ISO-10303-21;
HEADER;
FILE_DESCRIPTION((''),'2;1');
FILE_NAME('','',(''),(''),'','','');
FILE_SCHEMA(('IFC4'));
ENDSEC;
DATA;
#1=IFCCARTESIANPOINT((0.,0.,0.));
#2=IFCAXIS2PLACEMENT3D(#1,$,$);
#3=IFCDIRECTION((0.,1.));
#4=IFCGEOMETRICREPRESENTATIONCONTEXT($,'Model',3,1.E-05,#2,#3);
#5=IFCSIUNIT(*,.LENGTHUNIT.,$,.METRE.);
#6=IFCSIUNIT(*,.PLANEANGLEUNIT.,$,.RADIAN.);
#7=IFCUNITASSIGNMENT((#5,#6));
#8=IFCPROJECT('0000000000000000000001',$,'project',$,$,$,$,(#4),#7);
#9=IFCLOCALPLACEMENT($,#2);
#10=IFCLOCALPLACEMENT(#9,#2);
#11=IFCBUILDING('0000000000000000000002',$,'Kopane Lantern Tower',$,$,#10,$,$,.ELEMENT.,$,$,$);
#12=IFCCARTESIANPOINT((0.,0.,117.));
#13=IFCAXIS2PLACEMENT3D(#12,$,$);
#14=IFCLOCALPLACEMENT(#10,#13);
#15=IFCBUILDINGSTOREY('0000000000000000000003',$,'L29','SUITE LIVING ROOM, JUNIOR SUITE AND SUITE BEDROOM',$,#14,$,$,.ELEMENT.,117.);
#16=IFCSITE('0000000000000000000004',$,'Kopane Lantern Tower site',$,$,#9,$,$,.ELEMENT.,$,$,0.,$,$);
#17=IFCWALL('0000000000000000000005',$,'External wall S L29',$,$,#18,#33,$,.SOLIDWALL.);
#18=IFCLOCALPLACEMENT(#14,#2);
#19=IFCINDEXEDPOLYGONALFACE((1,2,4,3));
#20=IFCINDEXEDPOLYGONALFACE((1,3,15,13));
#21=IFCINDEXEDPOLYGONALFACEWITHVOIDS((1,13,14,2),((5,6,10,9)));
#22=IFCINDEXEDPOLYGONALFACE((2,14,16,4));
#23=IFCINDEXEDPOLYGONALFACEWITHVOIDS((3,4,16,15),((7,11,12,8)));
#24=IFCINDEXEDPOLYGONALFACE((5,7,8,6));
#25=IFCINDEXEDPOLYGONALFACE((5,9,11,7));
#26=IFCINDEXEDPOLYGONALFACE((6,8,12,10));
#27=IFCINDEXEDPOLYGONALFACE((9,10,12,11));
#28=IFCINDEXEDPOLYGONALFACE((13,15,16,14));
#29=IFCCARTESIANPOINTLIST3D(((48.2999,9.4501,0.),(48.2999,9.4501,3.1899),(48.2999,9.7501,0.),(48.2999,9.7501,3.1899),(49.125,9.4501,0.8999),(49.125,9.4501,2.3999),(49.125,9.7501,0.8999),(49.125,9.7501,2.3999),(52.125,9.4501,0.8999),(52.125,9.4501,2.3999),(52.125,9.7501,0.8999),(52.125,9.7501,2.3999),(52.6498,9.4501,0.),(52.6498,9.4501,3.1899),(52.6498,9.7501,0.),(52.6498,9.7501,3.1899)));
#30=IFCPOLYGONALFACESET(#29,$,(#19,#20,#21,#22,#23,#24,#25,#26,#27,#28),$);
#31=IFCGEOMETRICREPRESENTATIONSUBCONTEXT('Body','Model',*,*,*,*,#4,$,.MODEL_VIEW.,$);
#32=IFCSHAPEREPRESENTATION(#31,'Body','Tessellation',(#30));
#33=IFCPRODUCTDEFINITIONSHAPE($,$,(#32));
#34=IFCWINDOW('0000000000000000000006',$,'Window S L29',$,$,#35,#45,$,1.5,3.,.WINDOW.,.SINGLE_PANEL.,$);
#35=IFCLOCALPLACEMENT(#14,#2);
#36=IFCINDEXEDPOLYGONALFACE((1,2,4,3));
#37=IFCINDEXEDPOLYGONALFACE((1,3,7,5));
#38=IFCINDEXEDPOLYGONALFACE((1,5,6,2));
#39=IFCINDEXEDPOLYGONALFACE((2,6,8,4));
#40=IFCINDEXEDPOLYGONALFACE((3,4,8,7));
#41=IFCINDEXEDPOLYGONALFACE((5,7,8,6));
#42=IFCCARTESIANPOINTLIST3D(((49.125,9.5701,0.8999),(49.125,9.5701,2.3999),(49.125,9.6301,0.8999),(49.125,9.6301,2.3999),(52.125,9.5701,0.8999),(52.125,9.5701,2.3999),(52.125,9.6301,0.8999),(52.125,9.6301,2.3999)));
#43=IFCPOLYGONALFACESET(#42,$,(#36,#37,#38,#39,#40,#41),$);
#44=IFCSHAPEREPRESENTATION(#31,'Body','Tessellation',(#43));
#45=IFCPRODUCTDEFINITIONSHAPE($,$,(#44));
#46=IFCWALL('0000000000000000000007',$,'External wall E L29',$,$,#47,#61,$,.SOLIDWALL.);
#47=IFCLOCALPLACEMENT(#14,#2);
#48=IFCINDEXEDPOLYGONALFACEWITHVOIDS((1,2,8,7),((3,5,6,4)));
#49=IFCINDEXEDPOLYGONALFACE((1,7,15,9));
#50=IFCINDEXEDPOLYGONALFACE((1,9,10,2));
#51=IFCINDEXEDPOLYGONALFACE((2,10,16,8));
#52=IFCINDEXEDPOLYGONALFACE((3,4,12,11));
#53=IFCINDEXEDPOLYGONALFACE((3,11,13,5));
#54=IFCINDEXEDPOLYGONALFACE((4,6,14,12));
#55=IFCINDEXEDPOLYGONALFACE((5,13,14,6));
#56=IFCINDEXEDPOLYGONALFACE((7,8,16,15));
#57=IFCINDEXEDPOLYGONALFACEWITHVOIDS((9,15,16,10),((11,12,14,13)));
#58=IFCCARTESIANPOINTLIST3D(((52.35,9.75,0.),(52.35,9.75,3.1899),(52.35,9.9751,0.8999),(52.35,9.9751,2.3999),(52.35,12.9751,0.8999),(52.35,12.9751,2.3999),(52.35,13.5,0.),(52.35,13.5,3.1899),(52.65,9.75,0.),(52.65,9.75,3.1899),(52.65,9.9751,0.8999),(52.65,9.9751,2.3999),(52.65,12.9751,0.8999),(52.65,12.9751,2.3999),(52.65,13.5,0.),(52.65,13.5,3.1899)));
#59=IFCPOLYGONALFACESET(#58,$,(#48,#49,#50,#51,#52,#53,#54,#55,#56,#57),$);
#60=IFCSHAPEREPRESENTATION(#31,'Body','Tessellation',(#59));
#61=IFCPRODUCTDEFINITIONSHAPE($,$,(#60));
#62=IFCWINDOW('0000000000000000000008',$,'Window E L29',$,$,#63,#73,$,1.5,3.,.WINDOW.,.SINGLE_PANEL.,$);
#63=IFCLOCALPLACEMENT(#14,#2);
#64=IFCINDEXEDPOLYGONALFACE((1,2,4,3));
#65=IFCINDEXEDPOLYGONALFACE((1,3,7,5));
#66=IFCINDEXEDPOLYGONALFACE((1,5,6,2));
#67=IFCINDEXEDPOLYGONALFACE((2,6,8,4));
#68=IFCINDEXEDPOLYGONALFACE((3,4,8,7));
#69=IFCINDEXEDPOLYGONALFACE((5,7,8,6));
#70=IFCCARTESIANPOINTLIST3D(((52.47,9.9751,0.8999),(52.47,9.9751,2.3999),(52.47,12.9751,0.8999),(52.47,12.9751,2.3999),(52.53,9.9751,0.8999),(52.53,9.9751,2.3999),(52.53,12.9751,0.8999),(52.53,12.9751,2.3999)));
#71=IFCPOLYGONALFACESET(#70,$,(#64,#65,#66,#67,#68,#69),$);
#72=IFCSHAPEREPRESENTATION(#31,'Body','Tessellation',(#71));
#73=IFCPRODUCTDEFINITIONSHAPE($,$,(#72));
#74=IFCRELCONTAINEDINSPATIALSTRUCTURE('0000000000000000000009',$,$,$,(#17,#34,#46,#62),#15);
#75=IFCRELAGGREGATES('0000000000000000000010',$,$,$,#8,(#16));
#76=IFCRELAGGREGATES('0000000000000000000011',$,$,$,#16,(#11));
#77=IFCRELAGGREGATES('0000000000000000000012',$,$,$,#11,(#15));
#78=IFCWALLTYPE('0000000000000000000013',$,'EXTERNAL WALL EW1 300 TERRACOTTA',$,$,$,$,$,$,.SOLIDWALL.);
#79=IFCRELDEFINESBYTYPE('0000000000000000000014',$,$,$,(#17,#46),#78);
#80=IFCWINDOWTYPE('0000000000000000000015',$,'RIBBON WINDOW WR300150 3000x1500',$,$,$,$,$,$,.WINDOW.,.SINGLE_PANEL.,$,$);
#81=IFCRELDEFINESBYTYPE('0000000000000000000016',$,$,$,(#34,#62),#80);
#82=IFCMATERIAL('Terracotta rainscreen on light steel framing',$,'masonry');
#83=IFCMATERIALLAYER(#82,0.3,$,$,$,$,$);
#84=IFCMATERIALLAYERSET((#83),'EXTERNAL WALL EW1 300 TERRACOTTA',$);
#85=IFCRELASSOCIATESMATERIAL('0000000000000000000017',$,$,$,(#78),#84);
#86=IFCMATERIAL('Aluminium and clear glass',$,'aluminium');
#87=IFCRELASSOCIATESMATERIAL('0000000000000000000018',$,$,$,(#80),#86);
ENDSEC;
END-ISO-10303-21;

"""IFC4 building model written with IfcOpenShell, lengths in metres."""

from ifc_helpers import new_model, si_unit, direction, frame, frame_2d, origin, place, context, subcontext, project, spatial, rectangle, extrude, material, layer, layer_set, type_object, element, fill, save


model = new_model("IFC4")

# Units and contexts
model_context = context("Model", 3, precision=1e-05, world=origin(), true_north=direction((0.0, 1.0)))
body_context = subcontext(model_context, "Body", "Model", "MODEL_VIEW")
ifc_project = project(units=[si_unit("LENGTHUNIT", "METRE"), si_unit("PLANEANGLEUNIT", "RADIAN")], contexts=[model_context])

# Site, building, storey
site_placement = place(None, origin())
site = spatial("IfcSite", under=ifc_project, at=site_placement, Name="Kopane Lantern Tower site", CompositionType="ELEMENT", RefElevation=0.0)
building_placement = place(site_placement, origin())
building = spatial("IfcBuilding", under=site, at=building_placement, Name="Kopane Lantern Tower", CompositionType="ELEMENT")
storey_placement = place(building_placement, frame((0.0, 0.0, 117.0)))
storey = spatial("IfcBuildingStorey", under=building, at=storey_placement, Name="L29", Description="SUITE LIVING ROOM, JUNIOR SUITE AND SUITE BEDROOM", CompositionType="ELEMENT", Elevation=117.0)

# Walls, openings, windows
ifc_material_1 = material(Name="Terracotta rainscreen on light steel framing", Category="masonry")
ifc_layer = layer(ifc_material_1, 0.3)
ifc_layer_set = layer_set([ifc_layer], Name="EXTERNAL WALL EW1 300 TERRACOTTA")
wall_type = type_object("IfcWallType", Name="EXTERNAL WALL EW1 300 TERRACOTTA", PredefinedType="SOLIDWALL", material=ifc_layer_set)
ifc_material_2 = material(Name="Aluminium and clear glass", Category="aluminium")
window_type = type_object("IfcWindowType", Name="RIBBON WINDOW WR300150 3000x1500", PartitioningType="SINGLE_PANEL", PredefinedType="WINDOW", material=ifc_material_2)
wall_1_placement = place(storey_placement, frame((48.3, 9.6001, 0.0), z_axis=(0.0, 0.0, 1.0), x_axis=(1.0, 0.0, 0.0)))
wall_1 = element("IfcWall", 1, at=wall_1_placement, inside=storey, type_object=wall_type, Name="External wall S L29", PredefinedType="SOLIDWALL", context=body_context, shape_type="SweptSolid", body=[
    extrude(rectangle(XDim=4.3499, YDim=0.3, at=frame_2d((2.1748, 0.0))), origin(), (0.0, 0.0, 1.0), 3.1899),
])
opening_1_placement = place(wall_1_placement, frame((0.825, 0.0, 0.8999)))
opening_1 = element("IfcOpeningElement", 2, at=opening_1_placement, cuts=wall_1, PredefinedType="OPENING", context=body_context, shape_type="SweptSolid", body=[
    extrude(rectangle(XDim=3.0, YDim=1.5, at=frame_2d((1.5, 0.75))), frame((0.0, 0.1599, 0.0), z_axis=(0.0, -1.0, 0.0), x_axis=(1.0, 0.0, 0.0)), (0.0, 0.0, 1.0), 0.3201),
])
window_1_placement = place(opening_1_placement, origin())
window_1 = element("IfcWindow", 3, at=window_1_placement, inside=storey, type_object=window_type, Name="Window S L29", OverallHeight=1.5, OverallWidth=3.0, PartitioningType="SINGLE_PANEL", PredefinedType="WINDOW", context=body_context, shape_type="SweptSolid", body=[
    extrude(rectangle(XDim=3.0, YDim=1.5, at=frame_2d((1.5, 0.75))), frame((0.0, 0.03, 0.0), z_axis=(0.0, -1.0, 0.0), x_axis=(1.0, 0.0, 0.0)), (0.0, 0.0, 1.0), 0.0601),
])
fill(opening_1, window_1)
wall_2_placement = place(storey_placement, frame((52.5, 9.75, 0.0), z_axis=(0.0, 0.0, 1.0), x_axis=(0.0, 1.0, 0.0)))
wall_2 = element("IfcWall", 4, at=wall_2_placement, inside=storey, type_object=wall_type, Name="External wall E L29", PredefinedType="SOLIDWALL", context=body_context, shape_type="SweptSolid", body=[
    extrude(rectangle(XDim=3.75, YDim=0.3, at=frame_2d((1.875, 0.0))), origin(), (0.0, 0.0, 1.0), 3.1899),
])
opening_2_placement = place(wall_2_placement, frame((0.2251, 0.0, 0.8999)))
opening_2 = element("IfcOpeningElement", 5, at=opening_2_placement, cuts=wall_2, PredefinedType="OPENING", context=body_context, shape_type="SweptSolid", body=[
    extrude(rectangle(XDim=3.0, YDim=1.5, at=frame_2d((1.5, 0.75))), frame((0.0, 0.1599, 0.0), z_axis=(0.0, -1.0, 0.0), x_axis=(1.0, 0.0, 0.0)), (0.0, 0.0, 1.0), 0.3201),
])
window_2_placement = place(opening_2_placement, origin())
window_2 = element("IfcWindow", 6, at=window_2_placement, inside=storey, type_object=window_type, Name="Window E L29", OverallHeight=1.5, OverallWidth=3.0, PartitioningType="SINGLE_PANEL", PredefinedType="WINDOW", context=body_context, shape_type="SweptSolid", body=[
    extrude(rectangle(XDim=3.0, YDim=1.5, at=frame_2d((1.5, 0.75))), frame((0.0, 0.03, 0.0), z_axis=(0.0, -1.0, 0.0), x_axis=(1.0, 0.0, 0.0)), (0.0, 0.0, 1.0), 0.0601),
])
fill(opening_2, window_2)

save(model, "model.ifc")
